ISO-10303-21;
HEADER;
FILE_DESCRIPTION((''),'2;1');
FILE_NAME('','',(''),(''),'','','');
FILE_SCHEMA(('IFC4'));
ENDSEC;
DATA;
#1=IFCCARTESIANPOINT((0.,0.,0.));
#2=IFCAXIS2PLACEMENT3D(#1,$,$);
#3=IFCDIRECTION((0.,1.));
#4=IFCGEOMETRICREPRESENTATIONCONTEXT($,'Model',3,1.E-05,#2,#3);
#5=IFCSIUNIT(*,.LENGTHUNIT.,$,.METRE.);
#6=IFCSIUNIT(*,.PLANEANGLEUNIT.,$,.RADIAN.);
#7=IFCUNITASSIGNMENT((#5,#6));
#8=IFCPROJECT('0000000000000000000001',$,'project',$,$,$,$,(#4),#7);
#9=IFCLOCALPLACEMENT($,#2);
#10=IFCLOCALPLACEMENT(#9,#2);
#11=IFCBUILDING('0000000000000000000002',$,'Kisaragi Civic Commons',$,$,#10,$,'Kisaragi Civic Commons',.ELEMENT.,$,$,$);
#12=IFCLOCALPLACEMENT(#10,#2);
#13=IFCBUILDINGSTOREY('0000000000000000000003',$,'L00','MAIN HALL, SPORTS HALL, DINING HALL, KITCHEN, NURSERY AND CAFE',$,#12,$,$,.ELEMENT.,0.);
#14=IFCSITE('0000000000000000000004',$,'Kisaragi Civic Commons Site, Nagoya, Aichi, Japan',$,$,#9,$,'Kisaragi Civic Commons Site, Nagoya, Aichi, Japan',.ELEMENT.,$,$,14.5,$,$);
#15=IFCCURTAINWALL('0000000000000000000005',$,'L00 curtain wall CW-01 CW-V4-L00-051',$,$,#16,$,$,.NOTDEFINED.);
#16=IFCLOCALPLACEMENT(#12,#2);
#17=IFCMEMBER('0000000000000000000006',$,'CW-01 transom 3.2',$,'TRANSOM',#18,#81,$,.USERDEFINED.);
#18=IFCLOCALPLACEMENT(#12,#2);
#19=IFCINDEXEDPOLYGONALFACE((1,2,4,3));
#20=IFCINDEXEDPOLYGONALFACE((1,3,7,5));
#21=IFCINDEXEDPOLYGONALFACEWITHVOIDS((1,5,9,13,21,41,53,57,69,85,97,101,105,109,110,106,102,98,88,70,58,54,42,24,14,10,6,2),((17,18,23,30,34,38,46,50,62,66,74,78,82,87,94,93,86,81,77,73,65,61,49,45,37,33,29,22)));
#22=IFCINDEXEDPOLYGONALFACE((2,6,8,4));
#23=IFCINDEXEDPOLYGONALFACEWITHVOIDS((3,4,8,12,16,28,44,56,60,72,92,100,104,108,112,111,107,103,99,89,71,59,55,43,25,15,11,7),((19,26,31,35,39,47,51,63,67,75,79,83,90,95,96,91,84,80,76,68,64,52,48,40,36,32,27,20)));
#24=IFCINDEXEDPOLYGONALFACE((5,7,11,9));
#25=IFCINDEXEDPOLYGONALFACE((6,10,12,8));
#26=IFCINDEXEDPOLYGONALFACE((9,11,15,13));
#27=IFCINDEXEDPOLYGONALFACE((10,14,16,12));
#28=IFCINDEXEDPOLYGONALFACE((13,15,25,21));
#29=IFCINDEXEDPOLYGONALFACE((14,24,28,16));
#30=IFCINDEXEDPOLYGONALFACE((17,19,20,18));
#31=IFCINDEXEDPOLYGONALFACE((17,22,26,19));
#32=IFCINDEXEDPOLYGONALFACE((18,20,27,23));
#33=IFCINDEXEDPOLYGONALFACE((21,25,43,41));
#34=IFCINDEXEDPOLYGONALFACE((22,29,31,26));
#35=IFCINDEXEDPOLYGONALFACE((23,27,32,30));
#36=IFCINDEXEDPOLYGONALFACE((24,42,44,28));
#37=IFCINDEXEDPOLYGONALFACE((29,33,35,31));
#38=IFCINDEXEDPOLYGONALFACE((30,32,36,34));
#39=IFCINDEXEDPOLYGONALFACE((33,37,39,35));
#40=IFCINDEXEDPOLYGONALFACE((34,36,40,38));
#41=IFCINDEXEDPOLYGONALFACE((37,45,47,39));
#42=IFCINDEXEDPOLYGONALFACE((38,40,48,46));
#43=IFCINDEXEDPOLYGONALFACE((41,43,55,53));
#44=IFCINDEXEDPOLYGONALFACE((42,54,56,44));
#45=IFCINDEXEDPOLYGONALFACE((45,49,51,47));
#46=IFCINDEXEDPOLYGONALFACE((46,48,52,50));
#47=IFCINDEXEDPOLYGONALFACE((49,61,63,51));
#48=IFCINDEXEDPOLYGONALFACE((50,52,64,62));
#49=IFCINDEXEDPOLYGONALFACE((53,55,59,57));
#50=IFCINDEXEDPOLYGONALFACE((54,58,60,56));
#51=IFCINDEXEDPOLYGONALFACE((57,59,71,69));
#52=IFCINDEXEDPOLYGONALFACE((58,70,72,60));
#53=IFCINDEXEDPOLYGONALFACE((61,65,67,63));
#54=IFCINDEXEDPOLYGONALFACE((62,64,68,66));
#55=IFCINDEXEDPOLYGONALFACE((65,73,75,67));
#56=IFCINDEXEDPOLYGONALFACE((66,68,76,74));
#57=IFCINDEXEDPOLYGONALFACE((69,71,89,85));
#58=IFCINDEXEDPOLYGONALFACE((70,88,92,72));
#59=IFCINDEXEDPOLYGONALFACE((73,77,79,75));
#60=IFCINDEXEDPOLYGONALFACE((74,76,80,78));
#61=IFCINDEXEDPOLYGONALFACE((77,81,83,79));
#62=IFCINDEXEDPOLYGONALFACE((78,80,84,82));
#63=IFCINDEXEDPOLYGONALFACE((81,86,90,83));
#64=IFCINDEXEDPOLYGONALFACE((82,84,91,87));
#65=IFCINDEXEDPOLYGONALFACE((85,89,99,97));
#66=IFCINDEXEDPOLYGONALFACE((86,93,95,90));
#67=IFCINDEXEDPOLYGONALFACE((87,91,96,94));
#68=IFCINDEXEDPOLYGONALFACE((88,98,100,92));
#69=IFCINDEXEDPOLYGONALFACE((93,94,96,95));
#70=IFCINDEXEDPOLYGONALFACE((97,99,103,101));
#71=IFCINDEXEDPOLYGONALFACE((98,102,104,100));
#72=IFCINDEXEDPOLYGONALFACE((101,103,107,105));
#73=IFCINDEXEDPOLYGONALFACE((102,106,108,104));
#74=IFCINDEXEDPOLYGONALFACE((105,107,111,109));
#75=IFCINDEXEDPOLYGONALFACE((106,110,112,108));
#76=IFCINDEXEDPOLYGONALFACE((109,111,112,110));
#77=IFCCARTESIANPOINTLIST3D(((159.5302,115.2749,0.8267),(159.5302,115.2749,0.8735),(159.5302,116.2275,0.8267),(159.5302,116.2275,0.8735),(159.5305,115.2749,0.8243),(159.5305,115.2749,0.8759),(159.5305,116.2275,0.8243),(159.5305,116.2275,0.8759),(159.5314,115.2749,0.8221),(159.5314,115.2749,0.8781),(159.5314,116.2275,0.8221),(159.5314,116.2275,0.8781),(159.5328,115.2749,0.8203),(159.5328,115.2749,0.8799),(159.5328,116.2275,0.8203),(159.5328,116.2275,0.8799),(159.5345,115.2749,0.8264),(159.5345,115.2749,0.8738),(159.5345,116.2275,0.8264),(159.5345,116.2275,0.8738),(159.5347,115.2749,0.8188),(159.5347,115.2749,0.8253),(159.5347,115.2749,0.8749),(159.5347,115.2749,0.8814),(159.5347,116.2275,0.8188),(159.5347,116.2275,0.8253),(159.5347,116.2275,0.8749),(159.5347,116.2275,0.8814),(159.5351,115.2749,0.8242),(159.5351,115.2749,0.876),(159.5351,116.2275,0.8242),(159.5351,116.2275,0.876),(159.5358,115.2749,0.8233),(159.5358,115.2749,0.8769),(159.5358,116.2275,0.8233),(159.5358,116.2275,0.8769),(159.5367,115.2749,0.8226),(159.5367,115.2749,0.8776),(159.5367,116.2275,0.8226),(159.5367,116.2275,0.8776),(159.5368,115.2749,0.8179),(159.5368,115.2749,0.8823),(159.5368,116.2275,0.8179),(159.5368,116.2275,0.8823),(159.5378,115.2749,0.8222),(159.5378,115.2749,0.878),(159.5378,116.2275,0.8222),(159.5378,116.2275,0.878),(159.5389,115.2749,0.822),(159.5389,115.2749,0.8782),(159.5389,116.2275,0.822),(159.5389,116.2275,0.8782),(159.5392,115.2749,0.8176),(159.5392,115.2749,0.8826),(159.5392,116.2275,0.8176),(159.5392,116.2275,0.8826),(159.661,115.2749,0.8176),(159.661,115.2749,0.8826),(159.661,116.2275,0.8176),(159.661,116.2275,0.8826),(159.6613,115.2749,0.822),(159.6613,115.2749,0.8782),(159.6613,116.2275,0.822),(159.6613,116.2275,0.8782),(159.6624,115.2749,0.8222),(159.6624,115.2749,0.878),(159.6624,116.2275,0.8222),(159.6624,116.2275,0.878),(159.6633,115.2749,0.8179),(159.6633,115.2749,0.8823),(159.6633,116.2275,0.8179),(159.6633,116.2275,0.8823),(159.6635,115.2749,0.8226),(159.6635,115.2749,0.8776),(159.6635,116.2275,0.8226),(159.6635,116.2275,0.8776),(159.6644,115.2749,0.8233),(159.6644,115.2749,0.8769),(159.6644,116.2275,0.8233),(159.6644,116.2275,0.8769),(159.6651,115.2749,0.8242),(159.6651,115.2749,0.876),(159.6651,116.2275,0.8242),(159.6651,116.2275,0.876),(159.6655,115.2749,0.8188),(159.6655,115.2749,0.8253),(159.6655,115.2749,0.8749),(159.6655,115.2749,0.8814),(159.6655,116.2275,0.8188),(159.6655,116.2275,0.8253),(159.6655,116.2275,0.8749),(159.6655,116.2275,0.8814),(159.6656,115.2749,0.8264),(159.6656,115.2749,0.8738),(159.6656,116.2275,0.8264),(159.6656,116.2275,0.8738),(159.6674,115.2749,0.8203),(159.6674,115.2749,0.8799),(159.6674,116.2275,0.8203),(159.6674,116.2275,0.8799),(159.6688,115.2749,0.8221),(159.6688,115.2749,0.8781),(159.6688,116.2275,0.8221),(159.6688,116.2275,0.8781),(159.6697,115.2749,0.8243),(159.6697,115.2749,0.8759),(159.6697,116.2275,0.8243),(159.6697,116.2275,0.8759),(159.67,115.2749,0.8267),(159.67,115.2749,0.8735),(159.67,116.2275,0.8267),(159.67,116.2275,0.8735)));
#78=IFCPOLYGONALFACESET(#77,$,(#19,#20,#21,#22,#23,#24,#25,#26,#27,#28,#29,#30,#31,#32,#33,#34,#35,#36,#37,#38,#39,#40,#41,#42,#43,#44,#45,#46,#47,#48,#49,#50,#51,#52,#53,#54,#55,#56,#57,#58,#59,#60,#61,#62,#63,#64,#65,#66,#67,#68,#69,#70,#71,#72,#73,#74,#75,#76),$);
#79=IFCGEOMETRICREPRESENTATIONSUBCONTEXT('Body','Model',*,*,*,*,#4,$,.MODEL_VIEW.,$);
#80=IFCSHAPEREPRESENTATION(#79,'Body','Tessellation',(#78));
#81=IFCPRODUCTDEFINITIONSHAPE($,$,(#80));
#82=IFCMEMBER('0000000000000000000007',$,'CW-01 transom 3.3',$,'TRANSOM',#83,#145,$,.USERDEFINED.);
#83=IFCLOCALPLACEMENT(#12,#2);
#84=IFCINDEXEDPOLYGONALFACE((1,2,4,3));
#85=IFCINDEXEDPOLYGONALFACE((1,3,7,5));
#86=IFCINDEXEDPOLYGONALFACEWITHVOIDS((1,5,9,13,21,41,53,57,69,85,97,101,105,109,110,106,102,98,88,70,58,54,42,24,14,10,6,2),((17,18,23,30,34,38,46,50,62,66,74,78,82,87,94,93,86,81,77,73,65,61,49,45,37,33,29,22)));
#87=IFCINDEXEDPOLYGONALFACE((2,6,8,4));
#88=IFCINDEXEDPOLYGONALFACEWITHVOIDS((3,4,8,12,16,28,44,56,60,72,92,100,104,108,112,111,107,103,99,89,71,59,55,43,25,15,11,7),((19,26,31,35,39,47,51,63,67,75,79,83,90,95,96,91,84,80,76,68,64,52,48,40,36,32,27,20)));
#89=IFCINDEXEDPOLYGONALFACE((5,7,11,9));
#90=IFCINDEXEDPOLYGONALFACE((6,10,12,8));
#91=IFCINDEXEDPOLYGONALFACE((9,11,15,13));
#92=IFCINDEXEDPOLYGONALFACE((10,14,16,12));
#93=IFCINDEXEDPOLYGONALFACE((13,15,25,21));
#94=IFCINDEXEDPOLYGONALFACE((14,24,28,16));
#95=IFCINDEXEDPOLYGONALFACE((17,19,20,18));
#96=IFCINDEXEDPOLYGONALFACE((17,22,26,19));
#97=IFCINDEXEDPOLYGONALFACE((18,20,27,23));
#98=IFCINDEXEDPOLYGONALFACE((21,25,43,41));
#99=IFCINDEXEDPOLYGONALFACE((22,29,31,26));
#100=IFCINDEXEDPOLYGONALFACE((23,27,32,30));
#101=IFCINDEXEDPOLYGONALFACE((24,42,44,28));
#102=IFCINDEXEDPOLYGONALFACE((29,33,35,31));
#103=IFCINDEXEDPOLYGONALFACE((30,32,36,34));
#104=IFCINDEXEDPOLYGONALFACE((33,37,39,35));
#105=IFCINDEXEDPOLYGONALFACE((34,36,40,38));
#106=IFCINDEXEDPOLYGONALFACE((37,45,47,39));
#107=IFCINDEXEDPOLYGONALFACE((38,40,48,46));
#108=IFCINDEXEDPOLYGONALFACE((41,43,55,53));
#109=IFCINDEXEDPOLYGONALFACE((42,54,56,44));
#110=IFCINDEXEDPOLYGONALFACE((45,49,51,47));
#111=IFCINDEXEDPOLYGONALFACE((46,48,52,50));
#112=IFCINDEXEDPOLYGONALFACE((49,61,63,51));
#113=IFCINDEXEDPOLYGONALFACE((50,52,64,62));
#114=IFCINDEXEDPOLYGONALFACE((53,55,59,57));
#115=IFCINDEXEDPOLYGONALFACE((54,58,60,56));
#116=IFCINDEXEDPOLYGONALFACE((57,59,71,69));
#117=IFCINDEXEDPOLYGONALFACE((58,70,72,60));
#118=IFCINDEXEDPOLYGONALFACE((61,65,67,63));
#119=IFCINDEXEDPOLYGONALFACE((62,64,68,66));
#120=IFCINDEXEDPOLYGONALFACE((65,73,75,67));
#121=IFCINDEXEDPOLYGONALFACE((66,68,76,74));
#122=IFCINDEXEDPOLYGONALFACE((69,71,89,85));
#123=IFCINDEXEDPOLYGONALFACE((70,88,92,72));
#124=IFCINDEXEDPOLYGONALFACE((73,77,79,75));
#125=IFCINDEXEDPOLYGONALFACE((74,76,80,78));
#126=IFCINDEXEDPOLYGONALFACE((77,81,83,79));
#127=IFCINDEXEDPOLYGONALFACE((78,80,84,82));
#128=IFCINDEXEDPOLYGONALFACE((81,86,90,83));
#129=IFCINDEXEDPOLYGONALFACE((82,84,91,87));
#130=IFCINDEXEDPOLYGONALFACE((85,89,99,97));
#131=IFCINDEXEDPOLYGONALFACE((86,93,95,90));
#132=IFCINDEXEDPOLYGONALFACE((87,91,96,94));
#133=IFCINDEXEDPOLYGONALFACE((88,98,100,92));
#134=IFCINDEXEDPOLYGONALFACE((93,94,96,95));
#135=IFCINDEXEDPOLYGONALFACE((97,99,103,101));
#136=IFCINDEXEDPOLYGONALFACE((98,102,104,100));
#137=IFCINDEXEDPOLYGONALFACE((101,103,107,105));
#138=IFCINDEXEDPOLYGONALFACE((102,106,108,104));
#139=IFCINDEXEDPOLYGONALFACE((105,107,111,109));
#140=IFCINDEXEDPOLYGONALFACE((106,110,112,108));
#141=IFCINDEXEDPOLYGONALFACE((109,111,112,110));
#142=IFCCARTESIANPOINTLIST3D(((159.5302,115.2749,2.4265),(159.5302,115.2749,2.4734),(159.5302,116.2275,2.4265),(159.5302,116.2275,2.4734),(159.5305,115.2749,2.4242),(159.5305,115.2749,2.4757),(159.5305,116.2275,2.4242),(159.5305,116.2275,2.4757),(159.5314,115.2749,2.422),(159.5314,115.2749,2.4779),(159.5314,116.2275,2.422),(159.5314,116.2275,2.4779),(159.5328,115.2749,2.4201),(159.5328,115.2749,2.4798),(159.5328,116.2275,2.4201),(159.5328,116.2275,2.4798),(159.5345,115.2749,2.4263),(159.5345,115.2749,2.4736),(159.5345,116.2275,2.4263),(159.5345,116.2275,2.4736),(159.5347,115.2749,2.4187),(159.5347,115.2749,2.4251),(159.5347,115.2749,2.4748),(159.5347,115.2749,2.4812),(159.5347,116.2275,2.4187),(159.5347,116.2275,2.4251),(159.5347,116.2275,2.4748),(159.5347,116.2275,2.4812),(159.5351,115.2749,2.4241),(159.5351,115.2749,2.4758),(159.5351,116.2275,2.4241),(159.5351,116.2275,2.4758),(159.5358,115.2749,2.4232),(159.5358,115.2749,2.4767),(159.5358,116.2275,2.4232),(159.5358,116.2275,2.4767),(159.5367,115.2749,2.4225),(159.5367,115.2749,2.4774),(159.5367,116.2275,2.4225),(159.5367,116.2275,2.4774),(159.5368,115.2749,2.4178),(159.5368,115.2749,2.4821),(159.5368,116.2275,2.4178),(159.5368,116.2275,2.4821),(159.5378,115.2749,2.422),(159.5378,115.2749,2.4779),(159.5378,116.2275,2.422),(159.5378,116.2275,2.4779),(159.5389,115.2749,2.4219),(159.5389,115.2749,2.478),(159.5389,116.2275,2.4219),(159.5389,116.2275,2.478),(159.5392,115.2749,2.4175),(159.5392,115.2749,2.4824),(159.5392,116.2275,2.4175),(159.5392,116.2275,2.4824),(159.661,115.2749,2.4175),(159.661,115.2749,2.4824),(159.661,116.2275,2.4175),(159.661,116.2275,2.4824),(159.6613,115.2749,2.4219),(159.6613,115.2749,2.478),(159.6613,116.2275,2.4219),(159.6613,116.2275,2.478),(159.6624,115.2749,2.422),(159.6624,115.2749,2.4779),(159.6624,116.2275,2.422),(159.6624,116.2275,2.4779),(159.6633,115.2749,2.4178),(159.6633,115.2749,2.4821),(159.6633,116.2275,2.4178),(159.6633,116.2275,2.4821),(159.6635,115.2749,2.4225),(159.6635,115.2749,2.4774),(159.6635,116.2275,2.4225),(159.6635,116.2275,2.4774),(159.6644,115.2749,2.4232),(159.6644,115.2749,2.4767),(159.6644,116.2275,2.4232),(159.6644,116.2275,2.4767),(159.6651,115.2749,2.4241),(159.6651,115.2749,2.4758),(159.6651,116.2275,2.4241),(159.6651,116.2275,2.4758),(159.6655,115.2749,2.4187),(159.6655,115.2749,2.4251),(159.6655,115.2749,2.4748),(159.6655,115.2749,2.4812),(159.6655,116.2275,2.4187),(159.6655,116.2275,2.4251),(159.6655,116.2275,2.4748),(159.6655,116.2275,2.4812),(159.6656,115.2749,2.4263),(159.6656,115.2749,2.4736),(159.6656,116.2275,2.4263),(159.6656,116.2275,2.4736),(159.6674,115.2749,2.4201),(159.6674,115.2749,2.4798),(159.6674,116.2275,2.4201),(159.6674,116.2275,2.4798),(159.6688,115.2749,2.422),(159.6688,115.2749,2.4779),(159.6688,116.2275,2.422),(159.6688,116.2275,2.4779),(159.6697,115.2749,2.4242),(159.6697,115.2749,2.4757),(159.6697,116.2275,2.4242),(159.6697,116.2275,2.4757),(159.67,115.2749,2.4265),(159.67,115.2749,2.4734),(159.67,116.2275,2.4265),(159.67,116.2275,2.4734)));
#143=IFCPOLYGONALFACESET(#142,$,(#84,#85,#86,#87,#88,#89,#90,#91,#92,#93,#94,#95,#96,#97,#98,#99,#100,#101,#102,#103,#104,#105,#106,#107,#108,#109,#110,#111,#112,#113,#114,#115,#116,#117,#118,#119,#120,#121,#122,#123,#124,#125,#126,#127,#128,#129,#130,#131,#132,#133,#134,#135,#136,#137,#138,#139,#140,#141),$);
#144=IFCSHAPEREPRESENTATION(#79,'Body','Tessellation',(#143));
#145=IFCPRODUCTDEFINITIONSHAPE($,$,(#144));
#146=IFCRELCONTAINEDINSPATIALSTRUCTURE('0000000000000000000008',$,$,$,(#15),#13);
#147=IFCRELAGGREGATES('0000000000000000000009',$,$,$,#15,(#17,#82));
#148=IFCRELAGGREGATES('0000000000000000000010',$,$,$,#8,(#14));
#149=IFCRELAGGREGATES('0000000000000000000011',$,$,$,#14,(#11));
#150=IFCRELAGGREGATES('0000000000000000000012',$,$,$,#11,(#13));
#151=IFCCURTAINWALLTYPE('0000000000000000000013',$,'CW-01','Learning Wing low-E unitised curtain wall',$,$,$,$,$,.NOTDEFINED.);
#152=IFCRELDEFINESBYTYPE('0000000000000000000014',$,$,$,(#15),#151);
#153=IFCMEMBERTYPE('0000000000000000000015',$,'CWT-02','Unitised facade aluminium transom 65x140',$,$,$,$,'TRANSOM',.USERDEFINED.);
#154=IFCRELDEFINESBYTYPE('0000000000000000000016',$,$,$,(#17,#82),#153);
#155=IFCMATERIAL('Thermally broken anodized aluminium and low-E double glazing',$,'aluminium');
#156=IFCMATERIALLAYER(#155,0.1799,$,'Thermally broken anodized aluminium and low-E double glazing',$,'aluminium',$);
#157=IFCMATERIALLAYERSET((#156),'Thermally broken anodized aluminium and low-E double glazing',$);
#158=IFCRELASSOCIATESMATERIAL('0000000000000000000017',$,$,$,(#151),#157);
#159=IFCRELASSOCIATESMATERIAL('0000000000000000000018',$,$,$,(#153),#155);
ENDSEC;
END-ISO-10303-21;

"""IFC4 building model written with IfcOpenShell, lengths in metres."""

from ifc_helpers import new_model, si_unit, direction, frame, origin, origin_2d, place, context, subcontext, project, spatial, hollow_rectangle, extrude, material, layer, layer_set, material_profile, profile_set, type_object, element, aggregate, save


model = new_model("IFC4")

# Units and contexts
model_context = context("Model", 3, precision=1e-05, world=origin(), true_north=direction((0.0, 1.0)))
body_context = subcontext(model_context, "Body", "Model", "MODEL_VIEW")
ifc_project = project(units=[si_unit("LENGTHUNIT", "METRE"), si_unit("PLANEANGLEUNIT", "RADIAN")], contexts=[model_context])

# Site, building, storey
site_placement = place(None, origin())
site = spatial("IfcSite", under=ifc_project, at=site_placement, Name="Kisaragi Civic Commons Site, Nagoya, Aichi, Japan", LongName="Kisaragi Civic Commons Site, Nagoya, Aichi, Japan", CompositionType="ELEMENT", RefElevation=14.5)
building_placement = place(site_placement, origin())
building = spatial("IfcBuilding", under=site, at=building_placement, Name="Kisaragi Civic Commons", LongName="Kisaragi Civic Commons", CompositionType="ELEMENT")
storey_placement = place(building_placement, origin())
storey = spatial("IfcBuildingStorey", under=building, at=storey_placement, Name="L00", Description="MAIN HALL, SPORTS HALL, DINING HALL, KITCHEN, NURSERY AND CAFE", CompositionType="ELEMENT", Elevation=0.0)

# Curtain wall
ifc_material_1 = material(Name="Thermally broken anodized aluminium and low-E double glazing", Category="aluminium")
ifc_layer_1 = layer(ifc_material_1, 0.1799, Name="Thermally broken anodized aluminium and low-E double glazing", Category="aluminium")
ifc_layer_set_1 = layer_set([ifc_layer_1], Name="Thermally broken anodized aluminium and low-E double glazing")
curtain_wall_type = type_object("IfcCurtainWallType", Name="CW-01", Description="Learning Wing low-E unitised curtain wall", PredefinedType="NOTDEFINED", material=ifc_layer_set_1)
curtain_wall_1_placement = place(storey_placement, origin())
curtain_wall_1 = element("IfcCurtainWall", 1, at=curtain_wall_1_placement, inside=storey, type_object=curtain_wall_type, Name="L00 curtain wall CW-01 CW-V4-L00-051", PredefinedType="NOTDEFINED")

# Members
ifc_material_profile_1 = material_profile(ifc_material_1, hollow_rectangle(XDim=0.1399, YDim=0.0649, WallThickness=0.0044, InnerFilletRadius=0.0044, OuterFilletRadius=0.009, at=origin_2d()), Name="CWT-65x140x4.5", Category="aluminium")
ifc_profile_set_1 = profile_set([ifc_material_profile_1], Name="Thermally broken anodized aluminium and low-E double glazing")
member_type_1 = type_object("IfcMemberType", Name="CWT-02", Description="Unitised facade aluminium transom 65x140", ElementType="TRANSOM", PredefinedType="USERDEFINED", material=ifc_profile_set_1)
member_1_placement = place(storey_placement, frame((159.6001, 116.2275, 0.8501), z_axis=(0.0, -1.0, 0.0), x_axis=(1.0, 0.0, 0.0)))
member_1 = element("IfcMember", 2, at=member_1_placement, type_object=member_type_1, Name="CW-01 transom 3.2", ObjectType="TRANSOM", PredefinedType="USERDEFINED", context=body_context, shape_type="SweptSolid", body=[
    extrude(hollow_rectangle(XDim=0.1399, YDim=0.0649, WallThickness=0.0044, InnerFilletRadius=0.0044, OuterFilletRadius=0.009, at=origin_2d()), origin(), (0.0, 0.0, 1.0), 0.9526),
])
member_2_placement = place(storey_placement, frame((159.6001, 116.2275, 2.45), z_axis=(0.0, -1.0, 0.0), x_axis=(1.0, 0.0, 0.0)))
member_2 = element("IfcMember", 3, at=member_2_placement, type_object=member_type_1, Name="CW-01 transom 3.3", ObjectType="TRANSOM", PredefinedType="USERDEFINED", context=body_context, shape_type="SweptSolid", body=[
    extrude(hollow_rectangle(XDim=0.1399, YDim=0.0649, WallThickness=0.0044, InnerFilletRadius=0.0044, OuterFilletRadius=0.009, at=origin_2d()), origin(), (0.0, 0.0, 1.0), 0.9526),
])

aggregate(curtain_wall_1, [member_1, member_2])

save(model, "model.ifc")
